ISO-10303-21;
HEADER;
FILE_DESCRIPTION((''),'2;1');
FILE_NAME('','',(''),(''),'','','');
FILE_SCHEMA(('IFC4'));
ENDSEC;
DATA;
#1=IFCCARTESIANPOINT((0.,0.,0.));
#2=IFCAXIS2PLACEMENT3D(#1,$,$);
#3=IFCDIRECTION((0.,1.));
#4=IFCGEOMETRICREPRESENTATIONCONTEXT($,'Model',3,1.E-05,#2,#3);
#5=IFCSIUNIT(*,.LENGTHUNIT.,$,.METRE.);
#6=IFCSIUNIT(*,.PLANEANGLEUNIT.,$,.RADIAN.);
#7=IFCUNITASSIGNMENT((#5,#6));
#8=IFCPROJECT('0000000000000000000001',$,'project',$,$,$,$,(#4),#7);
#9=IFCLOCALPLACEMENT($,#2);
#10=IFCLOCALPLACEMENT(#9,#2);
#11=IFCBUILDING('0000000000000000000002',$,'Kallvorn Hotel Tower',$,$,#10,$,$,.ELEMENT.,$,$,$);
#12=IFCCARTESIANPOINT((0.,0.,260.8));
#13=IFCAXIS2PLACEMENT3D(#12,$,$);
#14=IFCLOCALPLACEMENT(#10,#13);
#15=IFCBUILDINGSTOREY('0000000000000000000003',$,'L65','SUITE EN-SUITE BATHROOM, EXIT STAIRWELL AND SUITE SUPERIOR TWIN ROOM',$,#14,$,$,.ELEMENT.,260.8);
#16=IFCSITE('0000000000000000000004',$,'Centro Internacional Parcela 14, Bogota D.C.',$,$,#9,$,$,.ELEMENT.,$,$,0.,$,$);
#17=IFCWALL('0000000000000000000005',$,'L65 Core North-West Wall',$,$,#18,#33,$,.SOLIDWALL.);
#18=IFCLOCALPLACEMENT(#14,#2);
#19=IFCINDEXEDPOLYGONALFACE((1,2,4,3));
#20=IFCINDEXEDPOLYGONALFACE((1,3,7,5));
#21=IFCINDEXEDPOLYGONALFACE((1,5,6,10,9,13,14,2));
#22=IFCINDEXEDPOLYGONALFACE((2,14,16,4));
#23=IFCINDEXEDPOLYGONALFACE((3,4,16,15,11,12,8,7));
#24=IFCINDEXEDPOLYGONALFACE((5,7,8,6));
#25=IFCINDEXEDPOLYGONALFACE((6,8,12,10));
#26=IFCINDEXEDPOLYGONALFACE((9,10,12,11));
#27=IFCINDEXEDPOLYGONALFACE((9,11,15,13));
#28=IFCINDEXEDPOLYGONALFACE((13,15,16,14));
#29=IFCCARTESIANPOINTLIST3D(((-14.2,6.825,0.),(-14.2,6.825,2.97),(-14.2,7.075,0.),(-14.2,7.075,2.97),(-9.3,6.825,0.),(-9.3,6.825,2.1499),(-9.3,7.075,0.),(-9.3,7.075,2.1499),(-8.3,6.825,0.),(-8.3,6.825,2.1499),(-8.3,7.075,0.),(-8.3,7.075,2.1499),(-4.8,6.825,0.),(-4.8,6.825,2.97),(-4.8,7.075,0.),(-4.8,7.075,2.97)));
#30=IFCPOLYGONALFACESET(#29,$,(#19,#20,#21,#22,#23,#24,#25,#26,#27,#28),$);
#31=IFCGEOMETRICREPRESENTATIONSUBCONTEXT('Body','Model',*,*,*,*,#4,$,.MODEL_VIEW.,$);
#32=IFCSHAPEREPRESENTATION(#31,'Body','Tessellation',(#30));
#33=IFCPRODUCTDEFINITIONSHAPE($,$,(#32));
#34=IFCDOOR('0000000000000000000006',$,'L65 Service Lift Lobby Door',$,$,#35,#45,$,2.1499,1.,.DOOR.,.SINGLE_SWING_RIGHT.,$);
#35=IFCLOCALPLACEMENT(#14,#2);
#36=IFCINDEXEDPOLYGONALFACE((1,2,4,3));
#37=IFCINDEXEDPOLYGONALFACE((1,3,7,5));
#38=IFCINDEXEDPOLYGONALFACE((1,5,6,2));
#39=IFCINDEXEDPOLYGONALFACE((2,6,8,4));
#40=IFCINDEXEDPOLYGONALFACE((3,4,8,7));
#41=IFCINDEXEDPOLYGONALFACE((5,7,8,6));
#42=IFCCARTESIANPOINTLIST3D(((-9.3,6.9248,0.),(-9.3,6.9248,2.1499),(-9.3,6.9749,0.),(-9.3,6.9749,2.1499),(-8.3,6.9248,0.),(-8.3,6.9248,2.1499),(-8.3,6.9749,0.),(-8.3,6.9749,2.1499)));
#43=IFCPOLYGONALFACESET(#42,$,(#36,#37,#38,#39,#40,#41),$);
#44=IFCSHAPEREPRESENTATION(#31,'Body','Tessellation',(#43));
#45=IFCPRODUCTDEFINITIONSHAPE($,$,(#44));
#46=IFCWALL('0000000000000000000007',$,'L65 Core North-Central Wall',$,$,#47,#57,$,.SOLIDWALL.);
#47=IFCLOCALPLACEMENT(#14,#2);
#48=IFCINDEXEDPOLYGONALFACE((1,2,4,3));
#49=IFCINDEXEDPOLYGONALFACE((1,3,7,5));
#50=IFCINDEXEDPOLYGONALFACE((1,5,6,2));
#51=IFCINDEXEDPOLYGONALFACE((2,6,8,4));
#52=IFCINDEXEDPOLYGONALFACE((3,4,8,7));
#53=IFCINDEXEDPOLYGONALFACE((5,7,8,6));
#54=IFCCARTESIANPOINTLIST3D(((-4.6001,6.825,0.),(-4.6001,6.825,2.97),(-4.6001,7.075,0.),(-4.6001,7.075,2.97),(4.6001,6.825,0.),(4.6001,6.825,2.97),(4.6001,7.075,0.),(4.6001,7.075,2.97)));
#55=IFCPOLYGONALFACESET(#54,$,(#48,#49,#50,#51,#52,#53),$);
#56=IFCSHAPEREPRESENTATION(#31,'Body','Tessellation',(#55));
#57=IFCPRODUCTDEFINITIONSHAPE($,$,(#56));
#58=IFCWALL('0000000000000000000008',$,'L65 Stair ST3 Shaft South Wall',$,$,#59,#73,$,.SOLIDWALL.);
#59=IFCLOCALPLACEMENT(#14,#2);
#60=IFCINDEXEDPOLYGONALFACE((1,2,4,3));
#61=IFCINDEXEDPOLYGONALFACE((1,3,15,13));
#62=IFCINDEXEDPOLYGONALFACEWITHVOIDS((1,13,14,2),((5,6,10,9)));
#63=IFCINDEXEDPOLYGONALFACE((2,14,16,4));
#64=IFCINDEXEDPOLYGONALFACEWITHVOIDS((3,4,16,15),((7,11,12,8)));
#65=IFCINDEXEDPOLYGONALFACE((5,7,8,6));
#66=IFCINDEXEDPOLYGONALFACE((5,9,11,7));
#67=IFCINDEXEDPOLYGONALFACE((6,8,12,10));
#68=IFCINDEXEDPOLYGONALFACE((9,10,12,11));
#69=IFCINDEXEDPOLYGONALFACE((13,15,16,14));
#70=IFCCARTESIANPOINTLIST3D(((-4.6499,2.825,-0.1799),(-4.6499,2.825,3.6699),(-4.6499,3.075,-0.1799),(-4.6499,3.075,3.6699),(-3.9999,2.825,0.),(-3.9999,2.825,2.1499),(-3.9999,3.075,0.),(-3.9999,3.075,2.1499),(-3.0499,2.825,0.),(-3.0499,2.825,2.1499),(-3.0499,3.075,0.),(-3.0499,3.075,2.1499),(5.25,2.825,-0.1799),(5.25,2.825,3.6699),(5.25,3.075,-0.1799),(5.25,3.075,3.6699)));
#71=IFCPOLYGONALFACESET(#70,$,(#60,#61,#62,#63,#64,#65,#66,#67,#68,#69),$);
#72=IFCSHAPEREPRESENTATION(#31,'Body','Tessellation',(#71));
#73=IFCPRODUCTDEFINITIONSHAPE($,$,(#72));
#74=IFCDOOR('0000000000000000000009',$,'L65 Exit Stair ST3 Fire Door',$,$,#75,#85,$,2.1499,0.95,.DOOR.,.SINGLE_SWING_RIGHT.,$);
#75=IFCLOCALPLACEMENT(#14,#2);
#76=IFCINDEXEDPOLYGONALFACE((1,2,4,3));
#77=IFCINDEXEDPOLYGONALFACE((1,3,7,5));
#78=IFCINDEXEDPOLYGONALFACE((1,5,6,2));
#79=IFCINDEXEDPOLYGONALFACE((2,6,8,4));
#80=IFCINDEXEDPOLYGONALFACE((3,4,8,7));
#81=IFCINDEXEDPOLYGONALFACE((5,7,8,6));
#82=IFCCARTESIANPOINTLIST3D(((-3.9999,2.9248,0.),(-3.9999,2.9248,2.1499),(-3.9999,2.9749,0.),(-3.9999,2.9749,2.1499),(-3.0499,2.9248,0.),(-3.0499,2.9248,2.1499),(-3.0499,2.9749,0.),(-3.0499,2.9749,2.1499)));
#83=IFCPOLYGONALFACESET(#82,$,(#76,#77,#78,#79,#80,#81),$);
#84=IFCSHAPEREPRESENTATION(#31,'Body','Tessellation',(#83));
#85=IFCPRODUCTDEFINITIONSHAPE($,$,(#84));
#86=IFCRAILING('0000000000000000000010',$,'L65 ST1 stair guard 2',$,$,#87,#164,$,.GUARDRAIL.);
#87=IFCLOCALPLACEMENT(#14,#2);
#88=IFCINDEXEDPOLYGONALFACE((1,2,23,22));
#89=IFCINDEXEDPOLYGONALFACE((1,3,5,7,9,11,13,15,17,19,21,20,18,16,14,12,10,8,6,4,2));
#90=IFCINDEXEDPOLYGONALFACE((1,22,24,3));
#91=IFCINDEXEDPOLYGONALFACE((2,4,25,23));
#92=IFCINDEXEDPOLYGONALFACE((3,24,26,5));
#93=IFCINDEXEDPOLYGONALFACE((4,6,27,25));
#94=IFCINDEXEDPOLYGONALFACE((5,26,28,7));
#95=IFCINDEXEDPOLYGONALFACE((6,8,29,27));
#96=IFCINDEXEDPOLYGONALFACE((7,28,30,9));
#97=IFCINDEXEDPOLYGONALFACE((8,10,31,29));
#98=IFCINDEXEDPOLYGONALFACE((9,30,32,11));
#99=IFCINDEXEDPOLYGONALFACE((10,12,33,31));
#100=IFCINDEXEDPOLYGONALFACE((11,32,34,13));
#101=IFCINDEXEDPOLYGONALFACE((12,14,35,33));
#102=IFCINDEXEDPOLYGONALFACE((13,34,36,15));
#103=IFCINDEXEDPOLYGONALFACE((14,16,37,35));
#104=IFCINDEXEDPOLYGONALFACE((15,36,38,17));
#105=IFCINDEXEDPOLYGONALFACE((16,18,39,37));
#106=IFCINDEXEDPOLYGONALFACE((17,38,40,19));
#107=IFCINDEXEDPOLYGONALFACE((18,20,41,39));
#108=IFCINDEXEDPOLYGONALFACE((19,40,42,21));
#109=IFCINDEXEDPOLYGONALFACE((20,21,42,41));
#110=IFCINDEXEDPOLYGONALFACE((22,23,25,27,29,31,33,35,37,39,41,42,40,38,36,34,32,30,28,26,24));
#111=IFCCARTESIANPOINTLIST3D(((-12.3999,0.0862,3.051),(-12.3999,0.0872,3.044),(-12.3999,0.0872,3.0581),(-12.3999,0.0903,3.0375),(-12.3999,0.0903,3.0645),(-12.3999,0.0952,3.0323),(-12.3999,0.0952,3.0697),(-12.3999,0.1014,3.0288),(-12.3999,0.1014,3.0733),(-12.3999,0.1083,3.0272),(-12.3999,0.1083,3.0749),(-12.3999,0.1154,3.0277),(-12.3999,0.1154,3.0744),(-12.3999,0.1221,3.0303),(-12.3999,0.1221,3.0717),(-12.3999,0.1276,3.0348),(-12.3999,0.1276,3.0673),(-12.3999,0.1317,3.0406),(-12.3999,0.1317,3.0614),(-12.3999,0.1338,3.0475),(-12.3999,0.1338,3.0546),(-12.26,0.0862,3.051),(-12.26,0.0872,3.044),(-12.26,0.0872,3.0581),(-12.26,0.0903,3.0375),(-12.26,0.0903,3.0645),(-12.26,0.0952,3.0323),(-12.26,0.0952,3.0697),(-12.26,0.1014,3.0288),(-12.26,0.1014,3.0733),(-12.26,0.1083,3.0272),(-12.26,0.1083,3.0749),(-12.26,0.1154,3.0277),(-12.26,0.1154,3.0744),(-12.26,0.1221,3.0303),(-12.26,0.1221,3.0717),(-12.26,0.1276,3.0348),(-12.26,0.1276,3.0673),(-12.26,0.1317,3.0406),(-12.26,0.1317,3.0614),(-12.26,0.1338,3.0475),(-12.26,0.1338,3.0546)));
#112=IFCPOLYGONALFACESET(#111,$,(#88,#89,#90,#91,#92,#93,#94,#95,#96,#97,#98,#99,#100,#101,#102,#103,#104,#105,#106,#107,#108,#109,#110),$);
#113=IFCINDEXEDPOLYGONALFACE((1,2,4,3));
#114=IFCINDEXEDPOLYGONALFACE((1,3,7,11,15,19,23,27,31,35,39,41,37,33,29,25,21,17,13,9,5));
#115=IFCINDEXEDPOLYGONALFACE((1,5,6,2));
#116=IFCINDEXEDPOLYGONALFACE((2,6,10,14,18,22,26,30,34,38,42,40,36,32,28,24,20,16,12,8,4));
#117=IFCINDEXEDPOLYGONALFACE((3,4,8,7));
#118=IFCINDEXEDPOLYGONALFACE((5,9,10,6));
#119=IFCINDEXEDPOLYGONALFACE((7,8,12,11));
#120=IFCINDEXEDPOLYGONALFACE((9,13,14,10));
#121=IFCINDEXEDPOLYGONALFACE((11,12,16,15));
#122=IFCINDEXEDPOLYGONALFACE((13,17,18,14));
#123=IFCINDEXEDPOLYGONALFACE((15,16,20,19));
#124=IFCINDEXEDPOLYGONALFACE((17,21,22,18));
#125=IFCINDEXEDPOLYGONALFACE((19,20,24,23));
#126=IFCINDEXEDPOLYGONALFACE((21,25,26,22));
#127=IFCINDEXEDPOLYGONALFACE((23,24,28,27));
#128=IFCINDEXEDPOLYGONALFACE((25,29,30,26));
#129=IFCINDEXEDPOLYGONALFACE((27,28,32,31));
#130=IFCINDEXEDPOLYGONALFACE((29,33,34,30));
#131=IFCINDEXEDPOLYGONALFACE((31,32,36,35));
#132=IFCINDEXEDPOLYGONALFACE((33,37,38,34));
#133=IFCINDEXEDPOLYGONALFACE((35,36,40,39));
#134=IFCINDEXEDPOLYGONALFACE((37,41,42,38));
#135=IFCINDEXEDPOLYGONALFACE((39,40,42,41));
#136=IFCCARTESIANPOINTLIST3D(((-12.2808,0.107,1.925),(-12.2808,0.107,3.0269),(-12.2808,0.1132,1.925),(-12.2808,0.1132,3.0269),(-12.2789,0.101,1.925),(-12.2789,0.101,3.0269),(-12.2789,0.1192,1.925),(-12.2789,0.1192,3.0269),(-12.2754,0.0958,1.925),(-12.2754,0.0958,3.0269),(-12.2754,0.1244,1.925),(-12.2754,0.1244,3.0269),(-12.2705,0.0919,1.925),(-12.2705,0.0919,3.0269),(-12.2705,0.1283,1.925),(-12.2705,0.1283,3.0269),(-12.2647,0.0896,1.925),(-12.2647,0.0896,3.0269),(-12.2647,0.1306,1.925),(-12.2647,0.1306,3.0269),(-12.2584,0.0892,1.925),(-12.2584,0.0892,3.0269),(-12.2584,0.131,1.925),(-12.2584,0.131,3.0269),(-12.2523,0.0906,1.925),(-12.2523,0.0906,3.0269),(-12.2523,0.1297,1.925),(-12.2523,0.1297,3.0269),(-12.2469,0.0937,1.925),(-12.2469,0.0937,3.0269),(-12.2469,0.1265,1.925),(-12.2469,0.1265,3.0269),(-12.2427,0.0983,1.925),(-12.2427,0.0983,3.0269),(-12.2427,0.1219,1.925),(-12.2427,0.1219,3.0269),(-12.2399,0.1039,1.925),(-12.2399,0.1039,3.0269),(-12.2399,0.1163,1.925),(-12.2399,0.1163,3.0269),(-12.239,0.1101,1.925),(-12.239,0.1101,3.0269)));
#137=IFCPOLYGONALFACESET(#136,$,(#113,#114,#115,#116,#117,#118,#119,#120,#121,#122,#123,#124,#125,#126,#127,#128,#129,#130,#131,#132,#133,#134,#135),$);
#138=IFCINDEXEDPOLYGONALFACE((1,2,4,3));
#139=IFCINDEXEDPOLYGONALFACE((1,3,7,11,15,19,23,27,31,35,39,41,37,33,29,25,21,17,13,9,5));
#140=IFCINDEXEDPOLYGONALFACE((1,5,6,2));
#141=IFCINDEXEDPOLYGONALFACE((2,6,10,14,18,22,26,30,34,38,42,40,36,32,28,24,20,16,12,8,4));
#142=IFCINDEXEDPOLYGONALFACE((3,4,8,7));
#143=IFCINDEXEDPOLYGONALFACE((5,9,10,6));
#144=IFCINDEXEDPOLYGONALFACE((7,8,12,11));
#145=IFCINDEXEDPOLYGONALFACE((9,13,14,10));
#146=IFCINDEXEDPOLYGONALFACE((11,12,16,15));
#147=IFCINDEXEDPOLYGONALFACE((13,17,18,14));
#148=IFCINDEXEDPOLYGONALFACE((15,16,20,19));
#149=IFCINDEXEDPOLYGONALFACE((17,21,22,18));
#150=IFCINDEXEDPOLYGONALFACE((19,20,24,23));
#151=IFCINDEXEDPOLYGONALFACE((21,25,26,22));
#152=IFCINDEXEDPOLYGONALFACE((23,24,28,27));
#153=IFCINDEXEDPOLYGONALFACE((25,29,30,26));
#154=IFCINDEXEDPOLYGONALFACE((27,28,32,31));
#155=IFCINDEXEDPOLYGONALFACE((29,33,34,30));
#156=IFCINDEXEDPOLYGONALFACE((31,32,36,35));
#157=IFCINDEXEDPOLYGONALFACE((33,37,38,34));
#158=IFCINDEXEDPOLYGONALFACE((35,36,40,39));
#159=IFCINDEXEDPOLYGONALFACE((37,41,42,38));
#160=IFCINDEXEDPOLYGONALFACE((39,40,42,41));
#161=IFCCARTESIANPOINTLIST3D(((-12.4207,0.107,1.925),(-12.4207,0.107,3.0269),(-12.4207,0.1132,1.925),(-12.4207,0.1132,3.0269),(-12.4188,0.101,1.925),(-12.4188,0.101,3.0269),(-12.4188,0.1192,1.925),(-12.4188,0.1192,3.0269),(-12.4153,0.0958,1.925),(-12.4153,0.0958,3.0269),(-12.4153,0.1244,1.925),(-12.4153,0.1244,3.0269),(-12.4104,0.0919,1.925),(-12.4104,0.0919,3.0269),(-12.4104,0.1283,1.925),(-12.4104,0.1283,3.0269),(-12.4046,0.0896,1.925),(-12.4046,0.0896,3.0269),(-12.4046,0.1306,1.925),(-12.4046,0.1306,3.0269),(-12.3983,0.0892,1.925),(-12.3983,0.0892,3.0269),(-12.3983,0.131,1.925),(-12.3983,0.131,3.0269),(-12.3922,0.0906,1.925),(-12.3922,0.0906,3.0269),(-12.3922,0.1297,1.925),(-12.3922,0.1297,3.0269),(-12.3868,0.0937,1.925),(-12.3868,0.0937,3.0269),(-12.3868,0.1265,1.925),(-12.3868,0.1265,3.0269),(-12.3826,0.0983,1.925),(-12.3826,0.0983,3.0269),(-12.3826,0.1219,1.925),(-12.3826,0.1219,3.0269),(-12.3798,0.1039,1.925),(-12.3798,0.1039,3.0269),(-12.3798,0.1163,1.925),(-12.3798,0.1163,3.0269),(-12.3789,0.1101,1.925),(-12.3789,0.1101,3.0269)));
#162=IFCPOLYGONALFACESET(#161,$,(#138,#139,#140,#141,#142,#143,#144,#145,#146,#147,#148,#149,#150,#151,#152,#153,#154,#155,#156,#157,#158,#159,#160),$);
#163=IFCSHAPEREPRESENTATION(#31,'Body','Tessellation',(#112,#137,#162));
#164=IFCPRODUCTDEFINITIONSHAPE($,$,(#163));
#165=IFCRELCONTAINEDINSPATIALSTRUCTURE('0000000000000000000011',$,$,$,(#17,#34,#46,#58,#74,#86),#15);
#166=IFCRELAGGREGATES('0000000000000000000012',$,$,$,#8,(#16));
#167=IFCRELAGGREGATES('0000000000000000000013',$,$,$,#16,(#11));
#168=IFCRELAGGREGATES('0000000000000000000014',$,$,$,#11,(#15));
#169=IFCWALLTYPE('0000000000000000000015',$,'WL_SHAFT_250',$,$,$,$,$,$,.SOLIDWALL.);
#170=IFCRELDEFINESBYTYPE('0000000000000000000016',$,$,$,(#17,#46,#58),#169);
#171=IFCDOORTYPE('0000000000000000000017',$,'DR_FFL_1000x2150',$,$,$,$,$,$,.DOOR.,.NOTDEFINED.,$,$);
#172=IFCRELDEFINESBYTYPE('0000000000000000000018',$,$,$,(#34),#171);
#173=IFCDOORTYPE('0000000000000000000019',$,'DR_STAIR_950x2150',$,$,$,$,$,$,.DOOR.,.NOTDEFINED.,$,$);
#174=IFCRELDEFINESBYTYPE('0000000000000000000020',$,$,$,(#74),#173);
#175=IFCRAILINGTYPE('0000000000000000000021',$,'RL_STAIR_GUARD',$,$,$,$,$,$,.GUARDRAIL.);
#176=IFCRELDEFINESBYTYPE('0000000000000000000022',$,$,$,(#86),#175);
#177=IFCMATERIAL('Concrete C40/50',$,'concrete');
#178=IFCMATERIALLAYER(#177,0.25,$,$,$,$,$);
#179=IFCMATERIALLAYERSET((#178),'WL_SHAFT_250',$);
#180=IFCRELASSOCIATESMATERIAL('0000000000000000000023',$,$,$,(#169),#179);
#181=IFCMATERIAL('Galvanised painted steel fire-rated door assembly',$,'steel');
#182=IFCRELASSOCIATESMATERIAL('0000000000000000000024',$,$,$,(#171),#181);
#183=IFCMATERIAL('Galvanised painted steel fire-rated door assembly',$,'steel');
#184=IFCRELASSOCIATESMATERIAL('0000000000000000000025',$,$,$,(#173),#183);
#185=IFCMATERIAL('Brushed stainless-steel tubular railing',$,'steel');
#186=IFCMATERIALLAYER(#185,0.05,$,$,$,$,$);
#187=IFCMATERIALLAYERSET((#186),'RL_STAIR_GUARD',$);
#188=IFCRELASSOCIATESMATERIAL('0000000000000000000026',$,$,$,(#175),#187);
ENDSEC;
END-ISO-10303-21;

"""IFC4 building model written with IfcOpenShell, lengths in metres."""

from ifc_helpers import new_model, si_unit, direction, frame, frame_2d, origin, origin_2d, place, context, subcontext, project, spatial, rectangle, circle, extrude, material, layer, layer_set, type_object, element, fill, save


model = new_model("IFC4")

# Units and contexts
model_context = context("Model", 3, precision=1e-05, world=origin(), true_north=direction((0.0, 1.0)))
body_context = subcontext(model_context, "Body", "Model", "MODEL_VIEW")
ifc_project = project(units=[si_unit("LENGTHUNIT", "METRE"), si_unit("PLANEANGLEUNIT", "RADIAN")], contexts=[model_context])

# Site, building, storey
site_placement = place(None, origin())
site = spatial("IfcSite", under=ifc_project, at=site_placement, Name="Centro Internacional Parcela 14, Bogota D.C.", CompositionType="ELEMENT", RefElevation=0.0)
building_placement = place(site_placement, origin())
building = spatial("IfcBuilding", under=site, at=building_placement, Name="Kallvorn Hotel Tower", CompositionType="ELEMENT")
storey_placement = place(building_placement, frame((0.0, 0.0, 260.8)))
storey = spatial("IfcBuildingStorey", under=building, at=storey_placement, Name="L65", Description="SUITE EN-SUITE BATHROOM, EXIT STAIRWELL AND SUITE SUPERIOR TWIN ROOM", CompositionType="ELEMENT", Elevation=260.8)

# Wall, opening, door
ifc_material_1 = material(Name="Concrete C40/50", Category="concrete")
ifc_layer_1 = layer(ifc_material_1, 0.25)
ifc_layer_set_1 = layer_set([ifc_layer_1], Name="WL_SHAFT_250")
wall_type_1 = type_object("IfcWallType", Name="WL_SHAFT_250", PredefinedType="SOLIDWALL", material=ifc_layer_set_1)
wall_1_placement = place(storey_placement, frame((-14.2, 6.95, 0.0), z_axis=(0.0, 0.0, 1.0), x_axis=(1.0, 0.0, 0.0)))
wall_1 = element("IfcWall", 1, at=wall_1_placement, inside=storey, type_object=wall_type_1, Name="L65 Core North-West Wall", PredefinedType="SOLIDWALL", context=body_context, shape_type="SweptSolid", body=[
    extrude(rectangle(XDim=9.3999, YDim=0.25, at=frame_2d((4.7, 0.0))), origin(), (0.0, 0.0, 1.0), 2.97),
])
opening_1_placement = place(wall_1_placement, frame((4.8999, 0.0, 0.0)))
opening_1 = element("IfcOpeningElement", 2, at=opening_1_placement, cuts=wall_1, PredefinedType="OPENING", context=body_context, shape_type="SweptSolid", body=[
    extrude(rectangle(XDim=1.0, YDim=2.1499, at=frame_2d((0.5, 1.075))), frame((0.0, 0.1399, 0.0), z_axis=(0.0, -1.0, 0.0), x_axis=(1.0, 0.0, 0.0)), (0.0, 0.0, 1.0), 0.28),
])
ifc_material_2 = material(Name="Galvanised painted steel fire-rated door assembly", Category="steel")
door_type_1 = type_object("IfcDoorType", Name="DR_FFL_1000x2150", OperationType="NOTDEFINED", PredefinedType="DOOR", material=ifc_material_2)
door_1_placement = place(opening_1_placement, origin())
door_1 = element("IfcDoor", 3, at=door_1_placement, inside=storey, type_object=door_type_1, Name="L65 Service Lift Lobby Door", OperationType="SINGLE_SWING_RIGHT", OverallHeight=2.1499, OverallWidth=1.0, PredefinedType="DOOR", context=body_context, shape_type="SweptSolid", body=[
    extrude(rectangle(XDim=1.0, YDim=2.1499, at=frame_2d((0.5, 1.075))), frame((0.0, 0.0249, 0.0), z_axis=(0.0, -1.0, 0.0), x_axis=(1.0, 0.0, 0.0)), (0.0, 0.0, 1.0), 0.05),
])
fill(opening_1, door_1)

# Wall
wall_2_placement = place(storey_placement, frame((-4.6001, 6.95, 0.0), z_axis=(0.0, 0.0, 1.0), x_axis=(1.0, 0.0, 0.0)))
element("IfcWall", 4, at=wall_2_placement, inside=storey, type_object=wall_type_1, Name="L65 Core North-Central Wall", PredefinedType="SOLIDWALL", context=body_context, shape_type="SweptSolid", body=[
    extrude(rectangle(XDim=9.2002, YDim=0.25, at=frame_2d((4.6001, 0.0))), origin(), (0.0, 0.0, 1.0), 2.97),
])

# Wall, opening, door
wall_3_placement = place(storey_placement, frame((-4.6499, 2.95, -0.1799), z_axis=(0.0, 0.0, 1.0), x_axis=(1.0, 0.0, 0.0)))
wall_3 = element("IfcWall", 5, at=wall_3_placement, inside=storey, type_object=wall_type_1, Name="L65 Stair ST3 Shaft South Wall", PredefinedType="SOLIDWALL", context=body_context, shape_type="SweptSolid", body=[
    extrude(rectangle(XDim=9.8999, YDim=0.25, at=frame_2d((4.95, 0.0))), origin(), (0.0, 0.0, 1.0), 3.8499),
])
opening_2_placement = place(wall_3_placement, frame((0.6499, 0.0, 0.1799)))
opening_2 = element("IfcOpeningElement", 6, at=opening_2_placement, cuts=wall_3, PredefinedType="OPENING", context=body_context, shape_type="SweptSolid", body=[
    extrude(rectangle(XDim=0.95, YDim=2.1499, at=frame_2d((0.4751, 1.075))), frame((0.0, 0.1399, 0.0), z_axis=(0.0, -1.0, 0.0), x_axis=(1.0, 0.0, 0.0)), (0.0, 0.0, 1.0), 0.28),
])
ifc_material_3 = material(Name="Galvanised painted steel fire-rated door assembly", Category="steel")
door_type_2 = type_object("IfcDoorType", Name="DR_STAIR_950x2150", OperationType="NOTDEFINED", PredefinedType="DOOR", material=ifc_material_3)
door_2_placement = place(opening_2_placement, origin())
door_2 = element("IfcDoor", 7, at=door_2_placement, inside=storey, type_object=door_type_2, Name="L65 Exit Stair ST3 Fire Door", OperationType="SINGLE_SWING_RIGHT", OverallHeight=2.1499, OverallWidth=0.95, PredefinedType="DOOR", context=body_context, shape_type="SweptSolid", body=[
    extrude(rectangle(XDim=0.95, YDim=2.1499, at=frame_2d((0.4751, 1.075))), frame((0.0, 0.0249, 0.0), z_axis=(0.0, -1.0, 0.0), x_axis=(1.0, 0.0, 0.0)), (0.0, 0.0, 1.0), 0.05),
])
fill(opening_2, door_2)

# Railing
ifc_material_4 = material(Name="Brushed stainless-steel tubular railing", Category="steel")
ifc_layer_2 = layer(ifc_material_4, 0.05)
ifc_layer_set_2 = layer_set([ifc_layer_2], Name="RL_STAIR_GUARD")
railing_type = type_object("IfcRailingType", Name="RL_STAIR_GUARD", PredefinedType="GUARDRAIL", material=ifc_layer_set_2)
railing_1_placement = place(storey_placement, frame((-12.26, 0.1101, 1.925)))
element("IfcRailing", 8, at=railing_1_placement, inside=storey, type_object=railing_type, Name="L65 ST1 stair guard 2", PredefinedType="GUARDRAIL", context=body_context, shape_type="SweptSolid", body=[
    extrude(circle(Radius=0.0239, at=origin_2d()), frame((0.0, 0.0, 1.126), z_axis=(-1.0, 0.0, 0.0), x_axis=(0.0, -1.0, 0.0)), (0.0, 0.0, 1.0), 0.1399),
    extrude(circle(Radius=0.021, at=origin_2d()), origin(), (0.0, 0.0, 1.0), 1.1018),
    extrude(circle(Radius=0.021, at=origin_2d()), frame((-0.1399, 0.0, 0.0)), (0.0, 0.0, 1.0), 1.1018),
])

save(model, "model.ifc")
